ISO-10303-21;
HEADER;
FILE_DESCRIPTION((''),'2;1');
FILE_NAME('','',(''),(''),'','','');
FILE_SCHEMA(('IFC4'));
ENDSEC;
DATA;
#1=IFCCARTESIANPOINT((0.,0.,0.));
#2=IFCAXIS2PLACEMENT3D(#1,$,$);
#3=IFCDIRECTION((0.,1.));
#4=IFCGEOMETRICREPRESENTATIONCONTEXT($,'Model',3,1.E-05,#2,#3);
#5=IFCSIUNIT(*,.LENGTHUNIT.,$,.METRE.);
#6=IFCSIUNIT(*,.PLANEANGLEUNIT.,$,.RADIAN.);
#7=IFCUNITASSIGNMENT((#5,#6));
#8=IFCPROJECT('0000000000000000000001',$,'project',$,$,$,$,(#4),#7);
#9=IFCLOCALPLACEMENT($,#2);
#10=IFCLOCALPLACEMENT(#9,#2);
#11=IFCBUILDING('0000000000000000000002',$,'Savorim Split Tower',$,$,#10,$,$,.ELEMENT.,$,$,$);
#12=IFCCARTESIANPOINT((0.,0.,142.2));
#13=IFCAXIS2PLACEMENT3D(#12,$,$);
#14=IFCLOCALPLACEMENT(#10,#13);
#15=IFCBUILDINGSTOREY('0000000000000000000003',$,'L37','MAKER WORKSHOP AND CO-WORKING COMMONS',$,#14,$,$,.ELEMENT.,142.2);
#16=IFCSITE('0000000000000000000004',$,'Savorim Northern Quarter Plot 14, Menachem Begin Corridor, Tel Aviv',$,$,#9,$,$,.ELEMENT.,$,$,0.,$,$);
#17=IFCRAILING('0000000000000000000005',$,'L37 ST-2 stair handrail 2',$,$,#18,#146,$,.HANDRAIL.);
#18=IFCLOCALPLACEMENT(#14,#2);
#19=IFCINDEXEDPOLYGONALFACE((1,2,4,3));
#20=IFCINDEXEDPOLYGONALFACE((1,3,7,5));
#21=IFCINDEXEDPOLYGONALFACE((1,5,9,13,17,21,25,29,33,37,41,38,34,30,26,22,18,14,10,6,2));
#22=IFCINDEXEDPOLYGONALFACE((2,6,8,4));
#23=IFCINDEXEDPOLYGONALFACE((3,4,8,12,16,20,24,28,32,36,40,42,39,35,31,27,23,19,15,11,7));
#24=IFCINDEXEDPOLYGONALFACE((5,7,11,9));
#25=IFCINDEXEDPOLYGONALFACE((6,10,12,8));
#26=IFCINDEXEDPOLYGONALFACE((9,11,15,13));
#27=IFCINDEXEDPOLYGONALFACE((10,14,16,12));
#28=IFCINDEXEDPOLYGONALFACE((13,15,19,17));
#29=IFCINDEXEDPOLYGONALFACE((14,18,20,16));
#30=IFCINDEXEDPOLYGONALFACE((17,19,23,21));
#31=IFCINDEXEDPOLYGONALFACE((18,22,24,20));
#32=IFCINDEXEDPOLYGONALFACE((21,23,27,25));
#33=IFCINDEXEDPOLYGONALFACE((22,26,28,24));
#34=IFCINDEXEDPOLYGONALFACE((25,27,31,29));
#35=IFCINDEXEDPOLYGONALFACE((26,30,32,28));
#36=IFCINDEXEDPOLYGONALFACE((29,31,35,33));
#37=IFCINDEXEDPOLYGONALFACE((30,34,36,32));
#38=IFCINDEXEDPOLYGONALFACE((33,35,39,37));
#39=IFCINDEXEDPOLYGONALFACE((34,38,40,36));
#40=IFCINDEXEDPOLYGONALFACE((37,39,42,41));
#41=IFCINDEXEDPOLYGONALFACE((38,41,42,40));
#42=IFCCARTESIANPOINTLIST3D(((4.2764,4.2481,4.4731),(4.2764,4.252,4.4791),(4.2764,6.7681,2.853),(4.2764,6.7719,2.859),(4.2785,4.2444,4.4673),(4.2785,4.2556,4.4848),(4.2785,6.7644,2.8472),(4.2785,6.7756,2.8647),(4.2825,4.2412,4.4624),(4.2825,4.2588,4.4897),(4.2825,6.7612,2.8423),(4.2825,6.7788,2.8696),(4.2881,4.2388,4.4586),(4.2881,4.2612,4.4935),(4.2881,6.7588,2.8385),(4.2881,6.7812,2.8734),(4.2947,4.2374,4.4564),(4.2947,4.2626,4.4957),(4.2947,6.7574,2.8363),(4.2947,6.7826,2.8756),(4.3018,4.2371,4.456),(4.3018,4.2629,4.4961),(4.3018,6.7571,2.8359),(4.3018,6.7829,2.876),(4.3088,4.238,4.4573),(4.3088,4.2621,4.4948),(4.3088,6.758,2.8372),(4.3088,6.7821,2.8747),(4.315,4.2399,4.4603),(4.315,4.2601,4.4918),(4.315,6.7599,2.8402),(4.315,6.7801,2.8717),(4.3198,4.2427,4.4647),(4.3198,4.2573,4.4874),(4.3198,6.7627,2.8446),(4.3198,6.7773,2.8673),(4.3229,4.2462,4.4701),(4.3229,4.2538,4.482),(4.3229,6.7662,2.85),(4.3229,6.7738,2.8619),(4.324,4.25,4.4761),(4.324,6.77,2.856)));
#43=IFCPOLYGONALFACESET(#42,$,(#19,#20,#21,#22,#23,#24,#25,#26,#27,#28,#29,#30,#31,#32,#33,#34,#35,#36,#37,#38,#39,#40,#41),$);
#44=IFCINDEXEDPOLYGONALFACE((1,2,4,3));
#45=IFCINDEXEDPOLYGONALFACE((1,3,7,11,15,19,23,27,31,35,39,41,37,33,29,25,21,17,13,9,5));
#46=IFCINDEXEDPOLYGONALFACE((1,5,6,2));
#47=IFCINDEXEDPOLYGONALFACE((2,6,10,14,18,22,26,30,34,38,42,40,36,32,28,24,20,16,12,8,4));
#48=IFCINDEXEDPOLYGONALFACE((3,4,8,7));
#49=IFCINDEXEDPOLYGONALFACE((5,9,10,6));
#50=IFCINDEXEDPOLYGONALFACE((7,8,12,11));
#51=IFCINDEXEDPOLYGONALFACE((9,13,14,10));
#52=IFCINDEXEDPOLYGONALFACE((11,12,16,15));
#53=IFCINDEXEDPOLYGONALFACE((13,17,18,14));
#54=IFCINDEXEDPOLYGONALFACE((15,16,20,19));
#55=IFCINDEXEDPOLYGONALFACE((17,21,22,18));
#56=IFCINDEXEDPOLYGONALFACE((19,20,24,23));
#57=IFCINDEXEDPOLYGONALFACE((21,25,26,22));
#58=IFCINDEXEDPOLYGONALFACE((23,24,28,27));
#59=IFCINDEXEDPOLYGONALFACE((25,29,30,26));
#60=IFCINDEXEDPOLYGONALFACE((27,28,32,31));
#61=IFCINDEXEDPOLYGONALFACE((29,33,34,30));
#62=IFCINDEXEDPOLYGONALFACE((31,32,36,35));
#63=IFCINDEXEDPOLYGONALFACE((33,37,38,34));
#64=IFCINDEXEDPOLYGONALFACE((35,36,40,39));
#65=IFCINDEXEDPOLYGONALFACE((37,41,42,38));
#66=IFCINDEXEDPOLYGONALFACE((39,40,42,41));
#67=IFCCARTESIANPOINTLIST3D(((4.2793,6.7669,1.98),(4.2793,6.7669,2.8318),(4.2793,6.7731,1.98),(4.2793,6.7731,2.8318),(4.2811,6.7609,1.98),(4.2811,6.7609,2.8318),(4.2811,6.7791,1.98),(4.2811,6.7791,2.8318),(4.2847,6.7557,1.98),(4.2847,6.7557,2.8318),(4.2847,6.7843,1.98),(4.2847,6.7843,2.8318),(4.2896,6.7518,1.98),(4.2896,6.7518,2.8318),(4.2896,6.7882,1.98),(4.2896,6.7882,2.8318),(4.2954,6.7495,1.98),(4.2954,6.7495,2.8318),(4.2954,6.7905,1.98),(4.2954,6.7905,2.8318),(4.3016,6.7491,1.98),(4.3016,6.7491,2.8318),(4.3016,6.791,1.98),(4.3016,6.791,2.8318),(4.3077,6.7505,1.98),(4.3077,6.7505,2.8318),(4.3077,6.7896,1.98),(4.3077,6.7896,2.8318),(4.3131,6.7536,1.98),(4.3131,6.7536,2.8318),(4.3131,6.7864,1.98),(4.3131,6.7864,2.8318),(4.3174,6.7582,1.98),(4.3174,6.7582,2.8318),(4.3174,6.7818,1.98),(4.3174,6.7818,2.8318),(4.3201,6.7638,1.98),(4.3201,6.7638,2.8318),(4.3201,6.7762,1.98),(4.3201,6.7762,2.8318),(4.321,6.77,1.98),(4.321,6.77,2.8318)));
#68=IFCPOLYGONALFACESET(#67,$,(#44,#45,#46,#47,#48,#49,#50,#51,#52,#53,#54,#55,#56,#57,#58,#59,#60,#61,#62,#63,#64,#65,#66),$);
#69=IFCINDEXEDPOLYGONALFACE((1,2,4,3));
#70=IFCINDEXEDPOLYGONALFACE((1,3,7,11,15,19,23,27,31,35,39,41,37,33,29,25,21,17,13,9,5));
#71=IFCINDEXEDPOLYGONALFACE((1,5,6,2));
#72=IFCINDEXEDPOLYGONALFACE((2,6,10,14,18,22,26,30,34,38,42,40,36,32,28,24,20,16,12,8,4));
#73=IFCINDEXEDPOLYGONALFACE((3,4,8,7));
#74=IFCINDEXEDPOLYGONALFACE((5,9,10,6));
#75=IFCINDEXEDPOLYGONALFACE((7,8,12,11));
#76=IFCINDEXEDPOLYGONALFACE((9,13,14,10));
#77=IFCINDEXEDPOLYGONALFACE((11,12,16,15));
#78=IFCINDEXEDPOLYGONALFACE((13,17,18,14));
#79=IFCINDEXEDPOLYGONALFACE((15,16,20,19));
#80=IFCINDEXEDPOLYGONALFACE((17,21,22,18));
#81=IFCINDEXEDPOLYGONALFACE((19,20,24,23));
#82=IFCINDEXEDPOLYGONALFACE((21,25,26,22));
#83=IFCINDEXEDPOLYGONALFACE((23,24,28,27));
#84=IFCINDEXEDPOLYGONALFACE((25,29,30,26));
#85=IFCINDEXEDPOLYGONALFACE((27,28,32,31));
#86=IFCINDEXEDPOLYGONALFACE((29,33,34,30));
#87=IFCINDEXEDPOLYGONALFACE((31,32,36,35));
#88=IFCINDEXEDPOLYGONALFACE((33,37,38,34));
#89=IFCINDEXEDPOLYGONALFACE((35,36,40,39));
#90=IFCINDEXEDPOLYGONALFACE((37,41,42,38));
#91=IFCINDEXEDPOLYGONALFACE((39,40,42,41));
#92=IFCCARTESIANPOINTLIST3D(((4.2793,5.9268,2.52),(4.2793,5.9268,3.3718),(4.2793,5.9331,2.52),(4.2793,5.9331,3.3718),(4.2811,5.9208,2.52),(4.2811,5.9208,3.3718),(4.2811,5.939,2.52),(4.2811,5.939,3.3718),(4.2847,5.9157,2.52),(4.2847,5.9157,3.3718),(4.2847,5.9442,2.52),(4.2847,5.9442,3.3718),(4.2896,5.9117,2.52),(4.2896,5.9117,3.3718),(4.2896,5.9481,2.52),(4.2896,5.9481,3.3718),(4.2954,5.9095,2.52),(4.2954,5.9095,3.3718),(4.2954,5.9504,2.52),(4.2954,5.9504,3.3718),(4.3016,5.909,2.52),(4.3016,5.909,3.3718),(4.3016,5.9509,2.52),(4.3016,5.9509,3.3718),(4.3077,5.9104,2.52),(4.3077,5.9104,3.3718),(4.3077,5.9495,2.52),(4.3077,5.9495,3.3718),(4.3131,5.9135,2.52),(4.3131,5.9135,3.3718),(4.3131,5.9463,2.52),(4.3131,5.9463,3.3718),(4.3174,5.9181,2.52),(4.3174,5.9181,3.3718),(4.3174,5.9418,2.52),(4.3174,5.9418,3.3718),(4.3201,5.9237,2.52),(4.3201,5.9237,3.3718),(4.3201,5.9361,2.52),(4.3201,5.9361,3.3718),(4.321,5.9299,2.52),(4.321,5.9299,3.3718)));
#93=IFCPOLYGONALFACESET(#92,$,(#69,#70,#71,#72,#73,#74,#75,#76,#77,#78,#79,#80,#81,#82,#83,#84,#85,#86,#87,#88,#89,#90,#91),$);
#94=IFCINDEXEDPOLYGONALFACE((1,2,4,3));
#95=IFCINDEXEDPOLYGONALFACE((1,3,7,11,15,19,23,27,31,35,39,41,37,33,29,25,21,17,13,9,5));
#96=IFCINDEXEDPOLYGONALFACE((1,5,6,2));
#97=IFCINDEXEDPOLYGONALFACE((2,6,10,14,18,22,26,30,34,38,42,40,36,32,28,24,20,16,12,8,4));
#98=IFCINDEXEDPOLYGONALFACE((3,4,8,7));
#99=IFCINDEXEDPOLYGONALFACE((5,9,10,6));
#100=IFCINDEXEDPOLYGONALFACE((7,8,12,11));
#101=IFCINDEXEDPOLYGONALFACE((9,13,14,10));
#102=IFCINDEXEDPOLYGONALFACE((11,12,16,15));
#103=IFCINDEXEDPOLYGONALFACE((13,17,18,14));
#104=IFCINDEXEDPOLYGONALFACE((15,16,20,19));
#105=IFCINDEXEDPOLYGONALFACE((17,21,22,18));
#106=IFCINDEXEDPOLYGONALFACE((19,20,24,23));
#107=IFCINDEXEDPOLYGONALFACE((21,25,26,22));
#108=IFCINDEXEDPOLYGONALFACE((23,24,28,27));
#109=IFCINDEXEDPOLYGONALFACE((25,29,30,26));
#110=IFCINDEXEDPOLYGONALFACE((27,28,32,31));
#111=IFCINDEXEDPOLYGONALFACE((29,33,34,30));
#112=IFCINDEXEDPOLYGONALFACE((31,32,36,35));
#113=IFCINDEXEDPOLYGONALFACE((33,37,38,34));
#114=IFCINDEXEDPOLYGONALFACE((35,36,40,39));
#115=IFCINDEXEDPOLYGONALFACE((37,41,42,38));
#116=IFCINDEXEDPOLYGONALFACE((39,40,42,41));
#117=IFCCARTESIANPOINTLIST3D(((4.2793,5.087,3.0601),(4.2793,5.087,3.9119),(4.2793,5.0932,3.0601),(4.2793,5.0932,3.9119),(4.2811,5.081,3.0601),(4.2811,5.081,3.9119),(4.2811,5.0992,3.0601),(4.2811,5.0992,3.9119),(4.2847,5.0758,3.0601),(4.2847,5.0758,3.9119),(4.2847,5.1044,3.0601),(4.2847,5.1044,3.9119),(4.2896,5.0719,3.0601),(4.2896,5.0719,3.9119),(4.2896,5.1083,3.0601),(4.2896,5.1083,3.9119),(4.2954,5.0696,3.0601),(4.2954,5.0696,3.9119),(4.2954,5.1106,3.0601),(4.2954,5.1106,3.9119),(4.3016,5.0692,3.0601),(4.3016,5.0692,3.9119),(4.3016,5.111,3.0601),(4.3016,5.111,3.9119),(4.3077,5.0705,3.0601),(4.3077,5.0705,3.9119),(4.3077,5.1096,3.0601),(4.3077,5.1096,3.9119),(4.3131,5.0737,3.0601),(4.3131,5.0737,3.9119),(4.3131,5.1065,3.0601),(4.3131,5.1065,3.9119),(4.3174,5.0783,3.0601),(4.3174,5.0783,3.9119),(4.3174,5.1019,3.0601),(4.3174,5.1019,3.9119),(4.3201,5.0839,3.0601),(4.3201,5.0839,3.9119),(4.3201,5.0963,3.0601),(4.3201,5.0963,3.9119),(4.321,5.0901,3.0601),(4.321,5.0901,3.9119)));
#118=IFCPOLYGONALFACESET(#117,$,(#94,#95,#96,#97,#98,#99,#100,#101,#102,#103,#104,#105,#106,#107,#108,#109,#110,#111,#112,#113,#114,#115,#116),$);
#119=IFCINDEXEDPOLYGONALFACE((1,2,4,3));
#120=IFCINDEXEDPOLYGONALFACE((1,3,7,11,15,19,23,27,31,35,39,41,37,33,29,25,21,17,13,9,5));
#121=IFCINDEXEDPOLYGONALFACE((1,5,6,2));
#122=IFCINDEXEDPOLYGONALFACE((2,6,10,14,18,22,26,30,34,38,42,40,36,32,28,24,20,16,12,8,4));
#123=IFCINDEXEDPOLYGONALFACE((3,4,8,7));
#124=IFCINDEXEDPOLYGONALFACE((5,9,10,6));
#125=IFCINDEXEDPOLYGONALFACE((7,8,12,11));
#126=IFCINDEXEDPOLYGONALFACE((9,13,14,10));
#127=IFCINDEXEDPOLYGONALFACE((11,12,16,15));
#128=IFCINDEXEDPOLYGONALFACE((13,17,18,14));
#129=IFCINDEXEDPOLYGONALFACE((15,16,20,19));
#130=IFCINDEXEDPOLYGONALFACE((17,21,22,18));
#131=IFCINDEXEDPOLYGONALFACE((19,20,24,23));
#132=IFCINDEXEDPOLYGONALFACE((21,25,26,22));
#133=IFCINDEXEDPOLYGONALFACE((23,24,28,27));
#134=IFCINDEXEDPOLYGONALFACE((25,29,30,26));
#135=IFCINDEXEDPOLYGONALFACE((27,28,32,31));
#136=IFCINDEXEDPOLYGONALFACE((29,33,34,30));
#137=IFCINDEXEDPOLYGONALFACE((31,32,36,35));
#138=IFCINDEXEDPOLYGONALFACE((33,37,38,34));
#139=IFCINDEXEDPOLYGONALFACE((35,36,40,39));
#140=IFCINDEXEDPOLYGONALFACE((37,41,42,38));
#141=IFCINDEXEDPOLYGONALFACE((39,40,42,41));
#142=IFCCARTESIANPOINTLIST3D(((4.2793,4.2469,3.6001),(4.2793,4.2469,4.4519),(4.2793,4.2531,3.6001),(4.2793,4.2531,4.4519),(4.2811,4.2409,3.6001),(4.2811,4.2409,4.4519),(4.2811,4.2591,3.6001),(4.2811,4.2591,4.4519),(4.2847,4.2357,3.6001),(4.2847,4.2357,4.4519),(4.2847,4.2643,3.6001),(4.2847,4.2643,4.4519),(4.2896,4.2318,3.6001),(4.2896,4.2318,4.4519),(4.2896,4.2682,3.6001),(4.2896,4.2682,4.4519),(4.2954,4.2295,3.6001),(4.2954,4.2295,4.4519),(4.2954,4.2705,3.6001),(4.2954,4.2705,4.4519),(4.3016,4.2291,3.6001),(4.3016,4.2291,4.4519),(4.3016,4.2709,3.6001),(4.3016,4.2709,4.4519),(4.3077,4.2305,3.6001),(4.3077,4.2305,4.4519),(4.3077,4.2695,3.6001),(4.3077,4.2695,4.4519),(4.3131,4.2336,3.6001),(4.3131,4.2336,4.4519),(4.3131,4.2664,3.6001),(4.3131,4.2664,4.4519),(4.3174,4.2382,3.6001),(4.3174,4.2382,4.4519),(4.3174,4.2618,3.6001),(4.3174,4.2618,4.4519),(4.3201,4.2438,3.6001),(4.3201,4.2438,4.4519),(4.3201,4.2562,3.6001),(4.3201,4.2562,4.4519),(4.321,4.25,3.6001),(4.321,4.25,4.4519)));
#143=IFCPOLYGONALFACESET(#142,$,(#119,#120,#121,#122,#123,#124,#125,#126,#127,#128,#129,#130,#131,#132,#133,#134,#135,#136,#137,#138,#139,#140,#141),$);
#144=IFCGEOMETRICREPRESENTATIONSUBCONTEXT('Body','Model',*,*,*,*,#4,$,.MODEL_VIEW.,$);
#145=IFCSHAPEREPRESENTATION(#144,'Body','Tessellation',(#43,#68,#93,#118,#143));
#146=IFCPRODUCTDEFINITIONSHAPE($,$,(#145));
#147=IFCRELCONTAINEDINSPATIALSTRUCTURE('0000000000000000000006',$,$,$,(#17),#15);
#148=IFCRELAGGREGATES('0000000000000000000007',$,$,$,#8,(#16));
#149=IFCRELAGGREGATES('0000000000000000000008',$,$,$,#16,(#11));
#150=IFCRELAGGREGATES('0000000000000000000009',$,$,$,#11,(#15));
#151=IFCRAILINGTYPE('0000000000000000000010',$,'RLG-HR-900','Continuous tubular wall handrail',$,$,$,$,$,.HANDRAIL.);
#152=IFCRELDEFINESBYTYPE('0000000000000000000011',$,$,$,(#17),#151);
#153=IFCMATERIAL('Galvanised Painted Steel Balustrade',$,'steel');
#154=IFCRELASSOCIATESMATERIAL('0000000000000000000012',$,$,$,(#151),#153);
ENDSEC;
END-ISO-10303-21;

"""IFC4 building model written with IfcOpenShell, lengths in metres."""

from ifc_helpers import new_model, si_unit, direction, frame, origin, origin_2d, place, context, subcontext, project, spatial, circle, extrude, material, type_object, element, save


model = new_model("IFC4")

# Units and contexts
model_context = context("Model", 3, precision=1e-05, world=origin(), true_north=direction((0.0, 1.0)))
body_context = subcontext(model_context, "Body", "Model", "MODEL_VIEW")
ifc_project = project(units=[si_unit("LENGTHUNIT", "METRE"), si_unit("PLANEANGLEUNIT", "RADIAN")], contexts=[model_context])

# Site, building, storey
site_placement = place(None, origin())
site = spatial("IfcSite", under=ifc_project, at=site_placement, Name="Savorim Northern Quarter Plot 14, Menachem Begin Corridor, Tel Aviv", CompositionType="ELEMENT", RefElevation=0.0)
building_placement = place(site_placement, origin())
building = spatial("IfcBuilding", under=site, at=building_placement, Name="Savorim Split Tower", CompositionType="ELEMENT")
storey_placement = place(building_placement, frame((0.0, 0.0, 142.2)))
storey = spatial("IfcBuildingStorey", under=building, at=storey_placement, Name="L37", Description="MAKER WORKSHOP AND CO-WORKING COMMONS", CompositionType="ELEMENT", Elevation=142.2)

# Railing
ifc_material_1 = material(Name="Galvanised Painted Steel Balustrade", Category="steel")
railing_type_1 = type_object("IfcRailingType", Name="RLG-HR-900", Description="Continuous tubular wall handrail", PredefinedType="HANDRAIL", material=ifc_material_1)
railing_1_placement = place(storey_placement, frame((4.3, 6.77, 1.98)))
element("IfcRailing", 1, at=railing_1_placement, inside=storey, type_object=railing_type_1, Name="L37 ST-2 stair handrail 2", PredefinedType="HANDRAIL", context=body_context, shape_type="SweptSolid", body=[
    extrude(circle(Radius=0.0239, at=origin_2d()), frame((0.0, 0.0, 0.876), z_axis=(0.0, -0.841163, 0.540782), x_axis=(1.0, 0.0, 0.0)), (0.0, 0.0, 1.0), 2.9958),
    extrude(circle(Radius=0.021, at=origin_2d()), origin(), (0.0, 0.0, 1.0), 0.8518),
    extrude(circle(Radius=0.021, at=origin_2d()), frame((0.0, -0.8401, 0.54)), (0.0, 0.0, 1.0), 0.8518),
    extrude(circle(Radius=0.021, at=origin_2d()), frame((0.0, -1.6799, 1.0801)), (0.0, 0.0, 1.0), 0.8518),
    extrude(circle(Radius=0.021, at=origin_2d()), frame((0.0, -2.52, 1.6201)), (0.0, 0.0, 1.0), 0.8518),
])

save(model, "model.ifc")
